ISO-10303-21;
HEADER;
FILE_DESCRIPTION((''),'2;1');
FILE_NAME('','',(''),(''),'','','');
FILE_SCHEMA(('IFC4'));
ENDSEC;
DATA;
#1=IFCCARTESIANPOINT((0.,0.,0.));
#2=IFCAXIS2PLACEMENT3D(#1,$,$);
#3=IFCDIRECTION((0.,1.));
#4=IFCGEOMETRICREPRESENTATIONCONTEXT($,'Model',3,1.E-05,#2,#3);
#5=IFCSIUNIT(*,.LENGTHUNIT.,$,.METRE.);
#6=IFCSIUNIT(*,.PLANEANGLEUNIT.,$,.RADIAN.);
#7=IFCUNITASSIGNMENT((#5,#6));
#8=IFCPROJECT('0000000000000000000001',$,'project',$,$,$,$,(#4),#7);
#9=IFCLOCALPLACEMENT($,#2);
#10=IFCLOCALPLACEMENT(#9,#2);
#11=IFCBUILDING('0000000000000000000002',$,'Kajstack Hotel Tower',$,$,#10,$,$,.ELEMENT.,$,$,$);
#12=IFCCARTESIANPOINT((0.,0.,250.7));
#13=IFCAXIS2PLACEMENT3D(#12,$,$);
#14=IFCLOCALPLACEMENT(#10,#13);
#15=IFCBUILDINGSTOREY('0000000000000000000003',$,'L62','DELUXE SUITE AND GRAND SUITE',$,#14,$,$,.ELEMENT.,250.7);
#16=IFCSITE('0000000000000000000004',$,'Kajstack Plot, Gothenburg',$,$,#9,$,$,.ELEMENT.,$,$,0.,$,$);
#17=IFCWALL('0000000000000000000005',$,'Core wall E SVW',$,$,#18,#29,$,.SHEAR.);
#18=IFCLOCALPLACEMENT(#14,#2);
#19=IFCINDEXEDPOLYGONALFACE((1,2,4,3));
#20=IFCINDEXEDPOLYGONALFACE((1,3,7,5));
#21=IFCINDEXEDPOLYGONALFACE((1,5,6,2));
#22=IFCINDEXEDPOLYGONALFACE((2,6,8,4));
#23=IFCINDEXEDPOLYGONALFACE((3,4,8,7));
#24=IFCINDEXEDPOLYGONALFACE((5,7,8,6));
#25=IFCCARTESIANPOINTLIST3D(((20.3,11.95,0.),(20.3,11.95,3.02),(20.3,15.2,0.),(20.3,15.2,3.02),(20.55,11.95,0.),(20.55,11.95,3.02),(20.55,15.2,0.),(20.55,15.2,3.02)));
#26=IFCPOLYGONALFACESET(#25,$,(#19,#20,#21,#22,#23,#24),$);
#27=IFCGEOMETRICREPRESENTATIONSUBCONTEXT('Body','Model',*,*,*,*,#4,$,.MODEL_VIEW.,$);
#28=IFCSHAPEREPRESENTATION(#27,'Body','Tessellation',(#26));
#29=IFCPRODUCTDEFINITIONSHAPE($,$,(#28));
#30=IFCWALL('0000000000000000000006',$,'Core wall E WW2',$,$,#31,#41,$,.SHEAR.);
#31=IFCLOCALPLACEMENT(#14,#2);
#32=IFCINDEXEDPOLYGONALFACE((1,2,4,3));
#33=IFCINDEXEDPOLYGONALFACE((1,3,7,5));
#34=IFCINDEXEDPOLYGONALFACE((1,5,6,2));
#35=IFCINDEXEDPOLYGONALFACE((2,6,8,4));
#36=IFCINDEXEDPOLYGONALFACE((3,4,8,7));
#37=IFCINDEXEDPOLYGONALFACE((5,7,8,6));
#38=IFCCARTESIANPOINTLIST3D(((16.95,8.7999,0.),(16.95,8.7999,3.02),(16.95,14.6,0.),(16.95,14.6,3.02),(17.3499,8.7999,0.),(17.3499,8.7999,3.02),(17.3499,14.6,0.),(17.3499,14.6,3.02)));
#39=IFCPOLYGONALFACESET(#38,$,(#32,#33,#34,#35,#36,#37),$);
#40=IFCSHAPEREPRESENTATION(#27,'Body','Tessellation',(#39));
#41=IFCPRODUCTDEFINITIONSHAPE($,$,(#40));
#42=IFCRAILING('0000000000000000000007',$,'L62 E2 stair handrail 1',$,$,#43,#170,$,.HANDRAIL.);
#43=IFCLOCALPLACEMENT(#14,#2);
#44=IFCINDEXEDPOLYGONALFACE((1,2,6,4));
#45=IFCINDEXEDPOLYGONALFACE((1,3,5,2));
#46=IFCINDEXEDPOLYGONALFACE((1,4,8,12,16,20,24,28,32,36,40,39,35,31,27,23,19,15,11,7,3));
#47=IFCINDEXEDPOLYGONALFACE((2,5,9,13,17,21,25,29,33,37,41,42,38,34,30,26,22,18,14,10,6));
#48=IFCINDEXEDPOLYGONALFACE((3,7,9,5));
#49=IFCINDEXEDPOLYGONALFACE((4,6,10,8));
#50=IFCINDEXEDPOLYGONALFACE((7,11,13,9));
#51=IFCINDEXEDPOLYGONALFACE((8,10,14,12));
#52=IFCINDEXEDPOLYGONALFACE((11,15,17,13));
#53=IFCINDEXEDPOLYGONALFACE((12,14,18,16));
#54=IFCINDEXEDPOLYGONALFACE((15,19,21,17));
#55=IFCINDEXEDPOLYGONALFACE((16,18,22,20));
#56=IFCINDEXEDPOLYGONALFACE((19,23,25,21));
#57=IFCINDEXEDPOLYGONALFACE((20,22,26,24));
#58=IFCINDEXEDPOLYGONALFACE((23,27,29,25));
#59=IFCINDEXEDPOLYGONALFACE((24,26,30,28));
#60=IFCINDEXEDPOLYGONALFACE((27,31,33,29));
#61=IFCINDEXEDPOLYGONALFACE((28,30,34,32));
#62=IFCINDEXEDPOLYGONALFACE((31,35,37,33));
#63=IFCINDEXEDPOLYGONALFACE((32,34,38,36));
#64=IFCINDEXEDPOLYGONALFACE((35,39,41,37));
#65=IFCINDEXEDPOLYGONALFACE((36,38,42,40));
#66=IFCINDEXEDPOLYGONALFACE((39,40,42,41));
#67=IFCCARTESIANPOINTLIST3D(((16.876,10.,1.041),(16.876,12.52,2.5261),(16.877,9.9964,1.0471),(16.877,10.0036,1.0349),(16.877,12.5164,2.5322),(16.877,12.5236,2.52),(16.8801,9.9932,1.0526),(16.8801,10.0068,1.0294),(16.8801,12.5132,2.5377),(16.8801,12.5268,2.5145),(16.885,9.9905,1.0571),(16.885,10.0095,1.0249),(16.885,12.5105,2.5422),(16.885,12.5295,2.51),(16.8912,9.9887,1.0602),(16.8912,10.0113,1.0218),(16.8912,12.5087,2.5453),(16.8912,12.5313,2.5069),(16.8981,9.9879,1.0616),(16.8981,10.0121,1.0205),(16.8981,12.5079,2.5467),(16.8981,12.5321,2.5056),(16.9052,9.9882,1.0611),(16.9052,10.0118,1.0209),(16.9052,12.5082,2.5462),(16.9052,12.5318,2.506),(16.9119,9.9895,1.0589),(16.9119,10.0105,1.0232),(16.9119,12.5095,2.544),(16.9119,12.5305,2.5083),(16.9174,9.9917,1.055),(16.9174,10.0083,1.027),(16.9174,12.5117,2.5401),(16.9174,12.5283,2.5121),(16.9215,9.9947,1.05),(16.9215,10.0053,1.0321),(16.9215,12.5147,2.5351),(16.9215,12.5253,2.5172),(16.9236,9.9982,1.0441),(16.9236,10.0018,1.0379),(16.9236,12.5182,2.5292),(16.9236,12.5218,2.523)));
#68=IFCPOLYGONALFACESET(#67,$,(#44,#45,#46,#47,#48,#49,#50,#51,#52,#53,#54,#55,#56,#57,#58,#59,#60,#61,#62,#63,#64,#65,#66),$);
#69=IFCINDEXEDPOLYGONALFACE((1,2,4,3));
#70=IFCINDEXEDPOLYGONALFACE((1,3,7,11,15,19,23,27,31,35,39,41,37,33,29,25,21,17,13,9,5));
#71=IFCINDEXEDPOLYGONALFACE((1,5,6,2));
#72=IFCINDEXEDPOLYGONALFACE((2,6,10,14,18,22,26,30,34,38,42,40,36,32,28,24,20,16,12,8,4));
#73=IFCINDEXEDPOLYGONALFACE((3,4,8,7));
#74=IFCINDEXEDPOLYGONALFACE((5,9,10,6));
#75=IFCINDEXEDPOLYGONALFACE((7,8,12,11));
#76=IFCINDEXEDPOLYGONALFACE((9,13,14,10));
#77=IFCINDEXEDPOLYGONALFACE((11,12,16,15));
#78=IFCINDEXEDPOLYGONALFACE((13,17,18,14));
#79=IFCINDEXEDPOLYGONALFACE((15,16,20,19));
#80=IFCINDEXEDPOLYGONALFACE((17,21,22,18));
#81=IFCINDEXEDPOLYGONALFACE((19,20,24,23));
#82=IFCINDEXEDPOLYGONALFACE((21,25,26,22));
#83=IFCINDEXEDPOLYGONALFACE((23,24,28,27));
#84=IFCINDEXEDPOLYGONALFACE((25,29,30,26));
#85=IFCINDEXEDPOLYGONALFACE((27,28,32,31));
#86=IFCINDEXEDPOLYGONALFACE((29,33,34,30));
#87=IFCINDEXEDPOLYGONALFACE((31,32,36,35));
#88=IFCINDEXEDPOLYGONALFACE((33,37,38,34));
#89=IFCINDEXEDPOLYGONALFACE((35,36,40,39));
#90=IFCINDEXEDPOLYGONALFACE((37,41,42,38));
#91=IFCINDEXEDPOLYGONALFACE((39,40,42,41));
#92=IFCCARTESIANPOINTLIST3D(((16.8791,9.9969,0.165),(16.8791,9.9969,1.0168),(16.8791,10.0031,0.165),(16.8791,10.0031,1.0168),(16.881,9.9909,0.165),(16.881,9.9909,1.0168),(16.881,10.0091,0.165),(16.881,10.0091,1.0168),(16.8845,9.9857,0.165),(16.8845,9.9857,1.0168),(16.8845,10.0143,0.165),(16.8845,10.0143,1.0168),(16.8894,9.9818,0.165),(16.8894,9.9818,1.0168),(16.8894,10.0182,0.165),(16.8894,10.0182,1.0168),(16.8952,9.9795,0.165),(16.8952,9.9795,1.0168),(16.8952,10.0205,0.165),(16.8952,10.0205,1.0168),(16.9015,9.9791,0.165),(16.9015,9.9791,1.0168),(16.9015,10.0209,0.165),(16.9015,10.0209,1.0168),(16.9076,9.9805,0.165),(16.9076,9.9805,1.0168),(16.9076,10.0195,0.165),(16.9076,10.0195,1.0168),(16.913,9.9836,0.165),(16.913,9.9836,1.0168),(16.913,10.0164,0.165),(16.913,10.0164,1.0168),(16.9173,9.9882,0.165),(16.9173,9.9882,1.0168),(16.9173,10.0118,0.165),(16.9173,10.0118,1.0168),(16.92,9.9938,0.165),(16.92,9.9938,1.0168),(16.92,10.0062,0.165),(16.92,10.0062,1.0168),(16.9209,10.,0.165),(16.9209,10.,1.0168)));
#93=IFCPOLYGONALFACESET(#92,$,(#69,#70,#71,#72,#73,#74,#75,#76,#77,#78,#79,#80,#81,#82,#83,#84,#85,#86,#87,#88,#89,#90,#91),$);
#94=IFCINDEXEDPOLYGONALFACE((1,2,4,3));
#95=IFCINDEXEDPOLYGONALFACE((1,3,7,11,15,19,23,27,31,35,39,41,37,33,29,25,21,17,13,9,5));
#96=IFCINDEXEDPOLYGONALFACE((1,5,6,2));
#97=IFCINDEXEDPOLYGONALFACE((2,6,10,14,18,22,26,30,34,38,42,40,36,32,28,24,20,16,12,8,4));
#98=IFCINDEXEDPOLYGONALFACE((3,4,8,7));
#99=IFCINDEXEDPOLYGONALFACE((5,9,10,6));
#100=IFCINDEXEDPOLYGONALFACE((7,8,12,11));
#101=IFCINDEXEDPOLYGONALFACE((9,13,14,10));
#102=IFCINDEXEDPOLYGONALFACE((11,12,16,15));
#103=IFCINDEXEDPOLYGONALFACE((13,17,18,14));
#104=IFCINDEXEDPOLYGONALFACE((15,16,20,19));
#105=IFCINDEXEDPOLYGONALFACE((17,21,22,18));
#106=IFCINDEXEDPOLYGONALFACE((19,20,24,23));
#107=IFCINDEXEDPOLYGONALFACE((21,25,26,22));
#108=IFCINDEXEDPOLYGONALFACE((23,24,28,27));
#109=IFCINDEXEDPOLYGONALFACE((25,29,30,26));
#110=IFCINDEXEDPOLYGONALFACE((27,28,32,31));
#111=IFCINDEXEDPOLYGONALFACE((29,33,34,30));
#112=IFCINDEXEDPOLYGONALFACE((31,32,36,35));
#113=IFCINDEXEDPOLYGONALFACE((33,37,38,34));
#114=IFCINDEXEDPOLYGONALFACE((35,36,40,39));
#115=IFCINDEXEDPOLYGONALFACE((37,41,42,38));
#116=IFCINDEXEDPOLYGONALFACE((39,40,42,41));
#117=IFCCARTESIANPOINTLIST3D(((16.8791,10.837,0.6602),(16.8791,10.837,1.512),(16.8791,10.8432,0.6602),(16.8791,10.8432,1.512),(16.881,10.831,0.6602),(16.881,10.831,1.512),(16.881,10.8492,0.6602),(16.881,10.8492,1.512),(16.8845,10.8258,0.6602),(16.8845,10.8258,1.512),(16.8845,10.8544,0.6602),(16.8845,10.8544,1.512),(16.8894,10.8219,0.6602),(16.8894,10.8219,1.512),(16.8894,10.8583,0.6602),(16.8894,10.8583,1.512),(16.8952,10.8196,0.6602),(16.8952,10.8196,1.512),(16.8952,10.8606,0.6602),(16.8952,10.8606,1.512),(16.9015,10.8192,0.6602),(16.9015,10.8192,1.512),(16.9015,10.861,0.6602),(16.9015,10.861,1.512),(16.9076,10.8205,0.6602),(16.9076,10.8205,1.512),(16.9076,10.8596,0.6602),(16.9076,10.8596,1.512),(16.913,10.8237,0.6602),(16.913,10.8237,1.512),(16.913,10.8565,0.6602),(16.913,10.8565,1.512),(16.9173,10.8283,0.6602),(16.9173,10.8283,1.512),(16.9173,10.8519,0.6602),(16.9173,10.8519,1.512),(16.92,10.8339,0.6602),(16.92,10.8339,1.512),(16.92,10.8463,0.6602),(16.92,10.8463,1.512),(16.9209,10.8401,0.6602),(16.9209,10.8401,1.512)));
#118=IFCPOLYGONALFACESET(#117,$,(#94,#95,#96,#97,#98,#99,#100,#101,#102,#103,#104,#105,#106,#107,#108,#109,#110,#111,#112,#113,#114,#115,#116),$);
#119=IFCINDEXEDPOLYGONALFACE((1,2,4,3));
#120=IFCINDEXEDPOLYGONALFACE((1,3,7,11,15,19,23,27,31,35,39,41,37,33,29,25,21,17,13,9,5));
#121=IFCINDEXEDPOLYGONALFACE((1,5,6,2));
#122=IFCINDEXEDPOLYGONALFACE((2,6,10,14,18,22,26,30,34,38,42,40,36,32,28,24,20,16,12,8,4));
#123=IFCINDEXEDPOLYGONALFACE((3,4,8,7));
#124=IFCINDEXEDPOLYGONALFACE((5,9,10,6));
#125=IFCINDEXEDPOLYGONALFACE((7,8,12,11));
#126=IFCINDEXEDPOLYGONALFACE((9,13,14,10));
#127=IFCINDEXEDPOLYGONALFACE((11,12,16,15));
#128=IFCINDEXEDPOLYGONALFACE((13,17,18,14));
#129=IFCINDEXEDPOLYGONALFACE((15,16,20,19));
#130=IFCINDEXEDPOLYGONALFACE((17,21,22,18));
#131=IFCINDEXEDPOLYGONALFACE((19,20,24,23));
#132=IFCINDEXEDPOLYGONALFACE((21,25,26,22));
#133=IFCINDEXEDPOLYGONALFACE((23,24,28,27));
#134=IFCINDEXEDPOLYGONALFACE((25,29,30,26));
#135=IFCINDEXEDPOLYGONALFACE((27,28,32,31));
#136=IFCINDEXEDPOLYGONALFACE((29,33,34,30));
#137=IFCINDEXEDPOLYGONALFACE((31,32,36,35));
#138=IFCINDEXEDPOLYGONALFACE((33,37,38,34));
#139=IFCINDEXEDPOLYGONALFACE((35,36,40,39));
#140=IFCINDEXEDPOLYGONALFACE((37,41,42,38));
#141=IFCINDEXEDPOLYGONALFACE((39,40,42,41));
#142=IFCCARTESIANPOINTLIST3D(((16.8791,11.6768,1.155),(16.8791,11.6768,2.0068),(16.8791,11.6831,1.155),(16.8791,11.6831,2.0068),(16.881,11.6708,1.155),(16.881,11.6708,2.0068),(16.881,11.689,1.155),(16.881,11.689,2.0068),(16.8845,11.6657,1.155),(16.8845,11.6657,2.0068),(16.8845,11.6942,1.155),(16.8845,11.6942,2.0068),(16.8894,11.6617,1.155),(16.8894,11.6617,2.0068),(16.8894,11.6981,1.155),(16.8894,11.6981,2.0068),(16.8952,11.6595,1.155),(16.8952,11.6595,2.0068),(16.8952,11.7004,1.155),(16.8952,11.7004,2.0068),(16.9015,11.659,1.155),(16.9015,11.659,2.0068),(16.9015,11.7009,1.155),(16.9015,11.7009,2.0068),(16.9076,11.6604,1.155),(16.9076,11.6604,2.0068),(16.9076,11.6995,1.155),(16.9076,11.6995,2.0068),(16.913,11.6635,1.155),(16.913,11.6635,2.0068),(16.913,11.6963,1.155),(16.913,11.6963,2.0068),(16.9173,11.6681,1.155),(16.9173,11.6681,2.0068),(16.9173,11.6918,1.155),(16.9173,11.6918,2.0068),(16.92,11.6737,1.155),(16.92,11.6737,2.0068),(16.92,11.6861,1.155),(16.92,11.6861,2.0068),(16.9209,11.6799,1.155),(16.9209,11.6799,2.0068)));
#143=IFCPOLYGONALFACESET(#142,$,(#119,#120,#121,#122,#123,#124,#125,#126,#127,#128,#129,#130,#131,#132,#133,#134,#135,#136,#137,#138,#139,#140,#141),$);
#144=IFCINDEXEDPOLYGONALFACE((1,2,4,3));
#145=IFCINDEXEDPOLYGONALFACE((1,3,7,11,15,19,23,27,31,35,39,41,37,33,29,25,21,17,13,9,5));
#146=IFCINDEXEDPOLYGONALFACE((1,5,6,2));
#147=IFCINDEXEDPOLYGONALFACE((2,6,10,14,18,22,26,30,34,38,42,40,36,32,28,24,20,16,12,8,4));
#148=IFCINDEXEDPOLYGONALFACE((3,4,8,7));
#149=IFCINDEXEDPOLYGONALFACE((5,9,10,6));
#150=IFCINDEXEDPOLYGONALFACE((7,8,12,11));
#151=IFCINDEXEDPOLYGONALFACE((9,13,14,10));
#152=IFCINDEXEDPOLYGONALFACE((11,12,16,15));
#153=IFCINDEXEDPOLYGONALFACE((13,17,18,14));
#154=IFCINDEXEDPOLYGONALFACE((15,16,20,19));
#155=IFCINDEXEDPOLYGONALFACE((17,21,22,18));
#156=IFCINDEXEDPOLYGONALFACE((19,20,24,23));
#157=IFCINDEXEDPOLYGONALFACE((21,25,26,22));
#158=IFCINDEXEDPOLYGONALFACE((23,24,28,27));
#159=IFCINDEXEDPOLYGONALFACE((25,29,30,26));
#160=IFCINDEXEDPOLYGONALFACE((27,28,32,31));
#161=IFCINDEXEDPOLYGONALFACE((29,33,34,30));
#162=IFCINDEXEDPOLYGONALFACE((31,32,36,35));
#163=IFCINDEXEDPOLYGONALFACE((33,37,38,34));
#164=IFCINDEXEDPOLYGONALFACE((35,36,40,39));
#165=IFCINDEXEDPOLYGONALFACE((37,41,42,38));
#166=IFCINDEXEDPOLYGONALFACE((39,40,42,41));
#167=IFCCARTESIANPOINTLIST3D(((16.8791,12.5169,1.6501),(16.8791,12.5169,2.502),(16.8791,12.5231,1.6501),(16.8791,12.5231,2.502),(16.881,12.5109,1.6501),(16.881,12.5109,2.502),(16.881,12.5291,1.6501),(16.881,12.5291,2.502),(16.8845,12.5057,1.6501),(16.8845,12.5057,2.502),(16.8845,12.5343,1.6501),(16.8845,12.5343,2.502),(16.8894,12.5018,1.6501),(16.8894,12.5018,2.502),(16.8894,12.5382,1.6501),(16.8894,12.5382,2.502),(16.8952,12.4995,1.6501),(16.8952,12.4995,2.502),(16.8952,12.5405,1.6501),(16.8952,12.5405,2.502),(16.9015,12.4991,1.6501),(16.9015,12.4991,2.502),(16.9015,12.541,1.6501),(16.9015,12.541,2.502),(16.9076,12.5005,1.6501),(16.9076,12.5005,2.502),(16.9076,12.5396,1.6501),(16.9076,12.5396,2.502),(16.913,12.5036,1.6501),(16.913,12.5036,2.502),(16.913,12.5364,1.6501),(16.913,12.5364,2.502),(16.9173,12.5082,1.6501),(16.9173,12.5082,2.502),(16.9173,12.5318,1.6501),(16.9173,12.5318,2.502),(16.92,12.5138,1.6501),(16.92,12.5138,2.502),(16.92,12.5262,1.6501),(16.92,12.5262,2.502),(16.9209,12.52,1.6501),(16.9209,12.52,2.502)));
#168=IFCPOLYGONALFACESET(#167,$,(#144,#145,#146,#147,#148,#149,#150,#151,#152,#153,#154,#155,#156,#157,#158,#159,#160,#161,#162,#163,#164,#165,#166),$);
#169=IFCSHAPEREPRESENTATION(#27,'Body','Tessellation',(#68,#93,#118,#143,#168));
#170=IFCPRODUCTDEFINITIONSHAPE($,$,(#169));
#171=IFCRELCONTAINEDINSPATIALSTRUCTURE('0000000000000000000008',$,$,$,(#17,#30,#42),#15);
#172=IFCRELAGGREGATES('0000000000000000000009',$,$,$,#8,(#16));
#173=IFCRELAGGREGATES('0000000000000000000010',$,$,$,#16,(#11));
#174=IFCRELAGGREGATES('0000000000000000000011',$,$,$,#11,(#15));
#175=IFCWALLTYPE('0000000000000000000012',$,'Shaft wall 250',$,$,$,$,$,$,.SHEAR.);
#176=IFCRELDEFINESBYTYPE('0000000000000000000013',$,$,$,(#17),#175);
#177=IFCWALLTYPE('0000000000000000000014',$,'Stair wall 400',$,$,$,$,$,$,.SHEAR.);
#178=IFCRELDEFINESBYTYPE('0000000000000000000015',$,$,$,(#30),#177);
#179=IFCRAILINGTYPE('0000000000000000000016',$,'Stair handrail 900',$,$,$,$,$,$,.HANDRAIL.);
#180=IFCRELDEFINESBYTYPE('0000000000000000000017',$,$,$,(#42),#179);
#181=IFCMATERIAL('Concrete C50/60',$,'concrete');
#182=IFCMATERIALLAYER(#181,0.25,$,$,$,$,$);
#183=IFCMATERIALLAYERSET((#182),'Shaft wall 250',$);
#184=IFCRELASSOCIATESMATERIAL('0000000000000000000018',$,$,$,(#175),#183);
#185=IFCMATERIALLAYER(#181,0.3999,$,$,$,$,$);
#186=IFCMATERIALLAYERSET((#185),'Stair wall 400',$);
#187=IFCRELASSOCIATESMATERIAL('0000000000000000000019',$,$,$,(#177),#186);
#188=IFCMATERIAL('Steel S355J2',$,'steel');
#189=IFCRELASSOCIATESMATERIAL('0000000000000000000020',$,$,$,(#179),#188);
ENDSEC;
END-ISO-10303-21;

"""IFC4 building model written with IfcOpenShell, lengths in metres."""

from ifc_helpers import new_model, si_unit, direction, frame, frame_2d, origin, origin_2d, place, context, subcontext, project, spatial, rectangle, circle, extrude, material, layer, layer_set, type_object, element, save


model = new_model("IFC4")

# Units and contexts
model_context = context("Model", 3, precision=1e-05, world=origin(), true_north=direction((0.0, 1.0)))
body_context = subcontext(model_context, "Body", "Model", "MODEL_VIEW")
ifc_project = project(units=[si_unit("LENGTHUNIT", "METRE"), si_unit("PLANEANGLEUNIT", "RADIAN")], contexts=[model_context])

# Site, building, storey
site_placement = place(None, origin())
site = spatial("IfcSite", under=ifc_project, at=site_placement, Name="Kajstack Plot, Gothenburg", CompositionType="ELEMENT", RefElevation=0.0)
building_placement = place(site_placement, origin())
building = spatial("IfcBuilding", under=site, at=building_placement, Name="Kajstack Hotel Tower", CompositionType="ELEMENT")
storey_placement = place(building_placement, frame((0.0, 0.0, 250.7)))
storey = spatial("IfcBuildingStorey", under=building, at=storey_placement, Name="L62", Description="DELUXE SUITE AND GRAND SUITE", CompositionType="ELEMENT", Elevation=250.7)

# Shared definitions
ifc_material_1 = material(Name="Concrete C50/60", Category="concrete")
ifc_layer_1 = layer(ifc_material_1, 0.25)
ifc_layer_set_1 = layer_set([ifc_layer_1], Name="Shaft wall 250")
wall_type_1 = type_object("IfcWallType", Name="Shaft wall 250", PredefinedType="SHEAR", material=ifc_layer_set_1)

# Walls
wall_1_placement = place(storey_placement, frame((20.425, 11.95, 0.0), z_axis=(0.0, 0.0, 1.0), x_axis=(0.0, 1.0, 0.0)))
element("IfcWall", 1, at=wall_1_placement, inside=storey, type_object=wall_type_1, Name="Core wall E SVW", PredefinedType="SHEAR", context=body_context, shape_type="SweptSolid", body=[
    extrude(rectangle(XDim=3.25, YDim=0.25, at=frame_2d((1.625, 0.0))), origin(), (0.0, 0.0, 1.0), 3.02),
])
ifc_layer_2 = layer(ifc_material_1, 0.3999)
ifc_layer_set_2 = layer_set([ifc_layer_2], Name="Stair wall 400")
wall_type_2 = type_object("IfcWallType", Name="Stair wall 400", PredefinedType="SHEAR", material=ifc_layer_set_2)
wall_2_placement = place(storey_placement, frame((17.1499, 8.8, 0.0), z_axis=(0.0, 0.0, 1.0), x_axis=(0.0, 1.0, 0.0)))
element("IfcWall", 2, at=wall_2_placement, inside=storey, type_object=wall_type_2, Name="Core wall E WW2", PredefinedType="SHEAR", context=body_context, shape_type="SweptSolid", body=[
    extrude(rectangle(XDim=5.8, YDim=0.3999, at=frame_2d((2.8999, 0.0))), origin(), (0.0, 0.0, 1.0), 3.02),
])

# Railing
ifc_material_2 = material(Name="Steel S355J2", Category="steel")
railing_type_1 = type_object("IfcRailingType", Name="Stair handrail 900", PredefinedType="HANDRAIL", material=ifc_material_2)
railing_1_placement = place(storey_placement, frame((16.8999, 10.0, 0.165)))
element("IfcRailing", 3, at=railing_1_placement, inside=storey, type_object=railing_type_1, Name="L62 E2 stair handrail 1", PredefinedType="HANDRAIL", context=body_context, shape_type="SweptSolid", body=[
    extrude(circle(Radius=0.0239, at=origin_2d()), frame((0.0, 0.0, 0.876), z_axis=(0.0, 0.861524, 0.507717), x_axis=(-1.0, 0.0, 0.0)), (0.0, 0.0, 1.0), 2.925),
    extrude(circle(Radius=0.021, at=origin_2d()), origin(), (0.0, 0.0, 1.0), 0.8518),
    extrude(circle(Radius=0.021, at=origin_2d()), frame((0.0, 0.8401, 0.4951)), (0.0, 0.0, 1.0), 0.8518),
    extrude(circle(Radius=0.021, at=origin_2d()), frame((0.0, 1.6799, 0.99)), (0.0, 0.0, 1.0), 0.8518),
    extrude(circle(Radius=0.021, at=origin_2d()), frame((0.0, 2.52, 1.4851)), (0.0, 0.0, 1.0), 0.8518),
])

save(model, "model.ifc")
